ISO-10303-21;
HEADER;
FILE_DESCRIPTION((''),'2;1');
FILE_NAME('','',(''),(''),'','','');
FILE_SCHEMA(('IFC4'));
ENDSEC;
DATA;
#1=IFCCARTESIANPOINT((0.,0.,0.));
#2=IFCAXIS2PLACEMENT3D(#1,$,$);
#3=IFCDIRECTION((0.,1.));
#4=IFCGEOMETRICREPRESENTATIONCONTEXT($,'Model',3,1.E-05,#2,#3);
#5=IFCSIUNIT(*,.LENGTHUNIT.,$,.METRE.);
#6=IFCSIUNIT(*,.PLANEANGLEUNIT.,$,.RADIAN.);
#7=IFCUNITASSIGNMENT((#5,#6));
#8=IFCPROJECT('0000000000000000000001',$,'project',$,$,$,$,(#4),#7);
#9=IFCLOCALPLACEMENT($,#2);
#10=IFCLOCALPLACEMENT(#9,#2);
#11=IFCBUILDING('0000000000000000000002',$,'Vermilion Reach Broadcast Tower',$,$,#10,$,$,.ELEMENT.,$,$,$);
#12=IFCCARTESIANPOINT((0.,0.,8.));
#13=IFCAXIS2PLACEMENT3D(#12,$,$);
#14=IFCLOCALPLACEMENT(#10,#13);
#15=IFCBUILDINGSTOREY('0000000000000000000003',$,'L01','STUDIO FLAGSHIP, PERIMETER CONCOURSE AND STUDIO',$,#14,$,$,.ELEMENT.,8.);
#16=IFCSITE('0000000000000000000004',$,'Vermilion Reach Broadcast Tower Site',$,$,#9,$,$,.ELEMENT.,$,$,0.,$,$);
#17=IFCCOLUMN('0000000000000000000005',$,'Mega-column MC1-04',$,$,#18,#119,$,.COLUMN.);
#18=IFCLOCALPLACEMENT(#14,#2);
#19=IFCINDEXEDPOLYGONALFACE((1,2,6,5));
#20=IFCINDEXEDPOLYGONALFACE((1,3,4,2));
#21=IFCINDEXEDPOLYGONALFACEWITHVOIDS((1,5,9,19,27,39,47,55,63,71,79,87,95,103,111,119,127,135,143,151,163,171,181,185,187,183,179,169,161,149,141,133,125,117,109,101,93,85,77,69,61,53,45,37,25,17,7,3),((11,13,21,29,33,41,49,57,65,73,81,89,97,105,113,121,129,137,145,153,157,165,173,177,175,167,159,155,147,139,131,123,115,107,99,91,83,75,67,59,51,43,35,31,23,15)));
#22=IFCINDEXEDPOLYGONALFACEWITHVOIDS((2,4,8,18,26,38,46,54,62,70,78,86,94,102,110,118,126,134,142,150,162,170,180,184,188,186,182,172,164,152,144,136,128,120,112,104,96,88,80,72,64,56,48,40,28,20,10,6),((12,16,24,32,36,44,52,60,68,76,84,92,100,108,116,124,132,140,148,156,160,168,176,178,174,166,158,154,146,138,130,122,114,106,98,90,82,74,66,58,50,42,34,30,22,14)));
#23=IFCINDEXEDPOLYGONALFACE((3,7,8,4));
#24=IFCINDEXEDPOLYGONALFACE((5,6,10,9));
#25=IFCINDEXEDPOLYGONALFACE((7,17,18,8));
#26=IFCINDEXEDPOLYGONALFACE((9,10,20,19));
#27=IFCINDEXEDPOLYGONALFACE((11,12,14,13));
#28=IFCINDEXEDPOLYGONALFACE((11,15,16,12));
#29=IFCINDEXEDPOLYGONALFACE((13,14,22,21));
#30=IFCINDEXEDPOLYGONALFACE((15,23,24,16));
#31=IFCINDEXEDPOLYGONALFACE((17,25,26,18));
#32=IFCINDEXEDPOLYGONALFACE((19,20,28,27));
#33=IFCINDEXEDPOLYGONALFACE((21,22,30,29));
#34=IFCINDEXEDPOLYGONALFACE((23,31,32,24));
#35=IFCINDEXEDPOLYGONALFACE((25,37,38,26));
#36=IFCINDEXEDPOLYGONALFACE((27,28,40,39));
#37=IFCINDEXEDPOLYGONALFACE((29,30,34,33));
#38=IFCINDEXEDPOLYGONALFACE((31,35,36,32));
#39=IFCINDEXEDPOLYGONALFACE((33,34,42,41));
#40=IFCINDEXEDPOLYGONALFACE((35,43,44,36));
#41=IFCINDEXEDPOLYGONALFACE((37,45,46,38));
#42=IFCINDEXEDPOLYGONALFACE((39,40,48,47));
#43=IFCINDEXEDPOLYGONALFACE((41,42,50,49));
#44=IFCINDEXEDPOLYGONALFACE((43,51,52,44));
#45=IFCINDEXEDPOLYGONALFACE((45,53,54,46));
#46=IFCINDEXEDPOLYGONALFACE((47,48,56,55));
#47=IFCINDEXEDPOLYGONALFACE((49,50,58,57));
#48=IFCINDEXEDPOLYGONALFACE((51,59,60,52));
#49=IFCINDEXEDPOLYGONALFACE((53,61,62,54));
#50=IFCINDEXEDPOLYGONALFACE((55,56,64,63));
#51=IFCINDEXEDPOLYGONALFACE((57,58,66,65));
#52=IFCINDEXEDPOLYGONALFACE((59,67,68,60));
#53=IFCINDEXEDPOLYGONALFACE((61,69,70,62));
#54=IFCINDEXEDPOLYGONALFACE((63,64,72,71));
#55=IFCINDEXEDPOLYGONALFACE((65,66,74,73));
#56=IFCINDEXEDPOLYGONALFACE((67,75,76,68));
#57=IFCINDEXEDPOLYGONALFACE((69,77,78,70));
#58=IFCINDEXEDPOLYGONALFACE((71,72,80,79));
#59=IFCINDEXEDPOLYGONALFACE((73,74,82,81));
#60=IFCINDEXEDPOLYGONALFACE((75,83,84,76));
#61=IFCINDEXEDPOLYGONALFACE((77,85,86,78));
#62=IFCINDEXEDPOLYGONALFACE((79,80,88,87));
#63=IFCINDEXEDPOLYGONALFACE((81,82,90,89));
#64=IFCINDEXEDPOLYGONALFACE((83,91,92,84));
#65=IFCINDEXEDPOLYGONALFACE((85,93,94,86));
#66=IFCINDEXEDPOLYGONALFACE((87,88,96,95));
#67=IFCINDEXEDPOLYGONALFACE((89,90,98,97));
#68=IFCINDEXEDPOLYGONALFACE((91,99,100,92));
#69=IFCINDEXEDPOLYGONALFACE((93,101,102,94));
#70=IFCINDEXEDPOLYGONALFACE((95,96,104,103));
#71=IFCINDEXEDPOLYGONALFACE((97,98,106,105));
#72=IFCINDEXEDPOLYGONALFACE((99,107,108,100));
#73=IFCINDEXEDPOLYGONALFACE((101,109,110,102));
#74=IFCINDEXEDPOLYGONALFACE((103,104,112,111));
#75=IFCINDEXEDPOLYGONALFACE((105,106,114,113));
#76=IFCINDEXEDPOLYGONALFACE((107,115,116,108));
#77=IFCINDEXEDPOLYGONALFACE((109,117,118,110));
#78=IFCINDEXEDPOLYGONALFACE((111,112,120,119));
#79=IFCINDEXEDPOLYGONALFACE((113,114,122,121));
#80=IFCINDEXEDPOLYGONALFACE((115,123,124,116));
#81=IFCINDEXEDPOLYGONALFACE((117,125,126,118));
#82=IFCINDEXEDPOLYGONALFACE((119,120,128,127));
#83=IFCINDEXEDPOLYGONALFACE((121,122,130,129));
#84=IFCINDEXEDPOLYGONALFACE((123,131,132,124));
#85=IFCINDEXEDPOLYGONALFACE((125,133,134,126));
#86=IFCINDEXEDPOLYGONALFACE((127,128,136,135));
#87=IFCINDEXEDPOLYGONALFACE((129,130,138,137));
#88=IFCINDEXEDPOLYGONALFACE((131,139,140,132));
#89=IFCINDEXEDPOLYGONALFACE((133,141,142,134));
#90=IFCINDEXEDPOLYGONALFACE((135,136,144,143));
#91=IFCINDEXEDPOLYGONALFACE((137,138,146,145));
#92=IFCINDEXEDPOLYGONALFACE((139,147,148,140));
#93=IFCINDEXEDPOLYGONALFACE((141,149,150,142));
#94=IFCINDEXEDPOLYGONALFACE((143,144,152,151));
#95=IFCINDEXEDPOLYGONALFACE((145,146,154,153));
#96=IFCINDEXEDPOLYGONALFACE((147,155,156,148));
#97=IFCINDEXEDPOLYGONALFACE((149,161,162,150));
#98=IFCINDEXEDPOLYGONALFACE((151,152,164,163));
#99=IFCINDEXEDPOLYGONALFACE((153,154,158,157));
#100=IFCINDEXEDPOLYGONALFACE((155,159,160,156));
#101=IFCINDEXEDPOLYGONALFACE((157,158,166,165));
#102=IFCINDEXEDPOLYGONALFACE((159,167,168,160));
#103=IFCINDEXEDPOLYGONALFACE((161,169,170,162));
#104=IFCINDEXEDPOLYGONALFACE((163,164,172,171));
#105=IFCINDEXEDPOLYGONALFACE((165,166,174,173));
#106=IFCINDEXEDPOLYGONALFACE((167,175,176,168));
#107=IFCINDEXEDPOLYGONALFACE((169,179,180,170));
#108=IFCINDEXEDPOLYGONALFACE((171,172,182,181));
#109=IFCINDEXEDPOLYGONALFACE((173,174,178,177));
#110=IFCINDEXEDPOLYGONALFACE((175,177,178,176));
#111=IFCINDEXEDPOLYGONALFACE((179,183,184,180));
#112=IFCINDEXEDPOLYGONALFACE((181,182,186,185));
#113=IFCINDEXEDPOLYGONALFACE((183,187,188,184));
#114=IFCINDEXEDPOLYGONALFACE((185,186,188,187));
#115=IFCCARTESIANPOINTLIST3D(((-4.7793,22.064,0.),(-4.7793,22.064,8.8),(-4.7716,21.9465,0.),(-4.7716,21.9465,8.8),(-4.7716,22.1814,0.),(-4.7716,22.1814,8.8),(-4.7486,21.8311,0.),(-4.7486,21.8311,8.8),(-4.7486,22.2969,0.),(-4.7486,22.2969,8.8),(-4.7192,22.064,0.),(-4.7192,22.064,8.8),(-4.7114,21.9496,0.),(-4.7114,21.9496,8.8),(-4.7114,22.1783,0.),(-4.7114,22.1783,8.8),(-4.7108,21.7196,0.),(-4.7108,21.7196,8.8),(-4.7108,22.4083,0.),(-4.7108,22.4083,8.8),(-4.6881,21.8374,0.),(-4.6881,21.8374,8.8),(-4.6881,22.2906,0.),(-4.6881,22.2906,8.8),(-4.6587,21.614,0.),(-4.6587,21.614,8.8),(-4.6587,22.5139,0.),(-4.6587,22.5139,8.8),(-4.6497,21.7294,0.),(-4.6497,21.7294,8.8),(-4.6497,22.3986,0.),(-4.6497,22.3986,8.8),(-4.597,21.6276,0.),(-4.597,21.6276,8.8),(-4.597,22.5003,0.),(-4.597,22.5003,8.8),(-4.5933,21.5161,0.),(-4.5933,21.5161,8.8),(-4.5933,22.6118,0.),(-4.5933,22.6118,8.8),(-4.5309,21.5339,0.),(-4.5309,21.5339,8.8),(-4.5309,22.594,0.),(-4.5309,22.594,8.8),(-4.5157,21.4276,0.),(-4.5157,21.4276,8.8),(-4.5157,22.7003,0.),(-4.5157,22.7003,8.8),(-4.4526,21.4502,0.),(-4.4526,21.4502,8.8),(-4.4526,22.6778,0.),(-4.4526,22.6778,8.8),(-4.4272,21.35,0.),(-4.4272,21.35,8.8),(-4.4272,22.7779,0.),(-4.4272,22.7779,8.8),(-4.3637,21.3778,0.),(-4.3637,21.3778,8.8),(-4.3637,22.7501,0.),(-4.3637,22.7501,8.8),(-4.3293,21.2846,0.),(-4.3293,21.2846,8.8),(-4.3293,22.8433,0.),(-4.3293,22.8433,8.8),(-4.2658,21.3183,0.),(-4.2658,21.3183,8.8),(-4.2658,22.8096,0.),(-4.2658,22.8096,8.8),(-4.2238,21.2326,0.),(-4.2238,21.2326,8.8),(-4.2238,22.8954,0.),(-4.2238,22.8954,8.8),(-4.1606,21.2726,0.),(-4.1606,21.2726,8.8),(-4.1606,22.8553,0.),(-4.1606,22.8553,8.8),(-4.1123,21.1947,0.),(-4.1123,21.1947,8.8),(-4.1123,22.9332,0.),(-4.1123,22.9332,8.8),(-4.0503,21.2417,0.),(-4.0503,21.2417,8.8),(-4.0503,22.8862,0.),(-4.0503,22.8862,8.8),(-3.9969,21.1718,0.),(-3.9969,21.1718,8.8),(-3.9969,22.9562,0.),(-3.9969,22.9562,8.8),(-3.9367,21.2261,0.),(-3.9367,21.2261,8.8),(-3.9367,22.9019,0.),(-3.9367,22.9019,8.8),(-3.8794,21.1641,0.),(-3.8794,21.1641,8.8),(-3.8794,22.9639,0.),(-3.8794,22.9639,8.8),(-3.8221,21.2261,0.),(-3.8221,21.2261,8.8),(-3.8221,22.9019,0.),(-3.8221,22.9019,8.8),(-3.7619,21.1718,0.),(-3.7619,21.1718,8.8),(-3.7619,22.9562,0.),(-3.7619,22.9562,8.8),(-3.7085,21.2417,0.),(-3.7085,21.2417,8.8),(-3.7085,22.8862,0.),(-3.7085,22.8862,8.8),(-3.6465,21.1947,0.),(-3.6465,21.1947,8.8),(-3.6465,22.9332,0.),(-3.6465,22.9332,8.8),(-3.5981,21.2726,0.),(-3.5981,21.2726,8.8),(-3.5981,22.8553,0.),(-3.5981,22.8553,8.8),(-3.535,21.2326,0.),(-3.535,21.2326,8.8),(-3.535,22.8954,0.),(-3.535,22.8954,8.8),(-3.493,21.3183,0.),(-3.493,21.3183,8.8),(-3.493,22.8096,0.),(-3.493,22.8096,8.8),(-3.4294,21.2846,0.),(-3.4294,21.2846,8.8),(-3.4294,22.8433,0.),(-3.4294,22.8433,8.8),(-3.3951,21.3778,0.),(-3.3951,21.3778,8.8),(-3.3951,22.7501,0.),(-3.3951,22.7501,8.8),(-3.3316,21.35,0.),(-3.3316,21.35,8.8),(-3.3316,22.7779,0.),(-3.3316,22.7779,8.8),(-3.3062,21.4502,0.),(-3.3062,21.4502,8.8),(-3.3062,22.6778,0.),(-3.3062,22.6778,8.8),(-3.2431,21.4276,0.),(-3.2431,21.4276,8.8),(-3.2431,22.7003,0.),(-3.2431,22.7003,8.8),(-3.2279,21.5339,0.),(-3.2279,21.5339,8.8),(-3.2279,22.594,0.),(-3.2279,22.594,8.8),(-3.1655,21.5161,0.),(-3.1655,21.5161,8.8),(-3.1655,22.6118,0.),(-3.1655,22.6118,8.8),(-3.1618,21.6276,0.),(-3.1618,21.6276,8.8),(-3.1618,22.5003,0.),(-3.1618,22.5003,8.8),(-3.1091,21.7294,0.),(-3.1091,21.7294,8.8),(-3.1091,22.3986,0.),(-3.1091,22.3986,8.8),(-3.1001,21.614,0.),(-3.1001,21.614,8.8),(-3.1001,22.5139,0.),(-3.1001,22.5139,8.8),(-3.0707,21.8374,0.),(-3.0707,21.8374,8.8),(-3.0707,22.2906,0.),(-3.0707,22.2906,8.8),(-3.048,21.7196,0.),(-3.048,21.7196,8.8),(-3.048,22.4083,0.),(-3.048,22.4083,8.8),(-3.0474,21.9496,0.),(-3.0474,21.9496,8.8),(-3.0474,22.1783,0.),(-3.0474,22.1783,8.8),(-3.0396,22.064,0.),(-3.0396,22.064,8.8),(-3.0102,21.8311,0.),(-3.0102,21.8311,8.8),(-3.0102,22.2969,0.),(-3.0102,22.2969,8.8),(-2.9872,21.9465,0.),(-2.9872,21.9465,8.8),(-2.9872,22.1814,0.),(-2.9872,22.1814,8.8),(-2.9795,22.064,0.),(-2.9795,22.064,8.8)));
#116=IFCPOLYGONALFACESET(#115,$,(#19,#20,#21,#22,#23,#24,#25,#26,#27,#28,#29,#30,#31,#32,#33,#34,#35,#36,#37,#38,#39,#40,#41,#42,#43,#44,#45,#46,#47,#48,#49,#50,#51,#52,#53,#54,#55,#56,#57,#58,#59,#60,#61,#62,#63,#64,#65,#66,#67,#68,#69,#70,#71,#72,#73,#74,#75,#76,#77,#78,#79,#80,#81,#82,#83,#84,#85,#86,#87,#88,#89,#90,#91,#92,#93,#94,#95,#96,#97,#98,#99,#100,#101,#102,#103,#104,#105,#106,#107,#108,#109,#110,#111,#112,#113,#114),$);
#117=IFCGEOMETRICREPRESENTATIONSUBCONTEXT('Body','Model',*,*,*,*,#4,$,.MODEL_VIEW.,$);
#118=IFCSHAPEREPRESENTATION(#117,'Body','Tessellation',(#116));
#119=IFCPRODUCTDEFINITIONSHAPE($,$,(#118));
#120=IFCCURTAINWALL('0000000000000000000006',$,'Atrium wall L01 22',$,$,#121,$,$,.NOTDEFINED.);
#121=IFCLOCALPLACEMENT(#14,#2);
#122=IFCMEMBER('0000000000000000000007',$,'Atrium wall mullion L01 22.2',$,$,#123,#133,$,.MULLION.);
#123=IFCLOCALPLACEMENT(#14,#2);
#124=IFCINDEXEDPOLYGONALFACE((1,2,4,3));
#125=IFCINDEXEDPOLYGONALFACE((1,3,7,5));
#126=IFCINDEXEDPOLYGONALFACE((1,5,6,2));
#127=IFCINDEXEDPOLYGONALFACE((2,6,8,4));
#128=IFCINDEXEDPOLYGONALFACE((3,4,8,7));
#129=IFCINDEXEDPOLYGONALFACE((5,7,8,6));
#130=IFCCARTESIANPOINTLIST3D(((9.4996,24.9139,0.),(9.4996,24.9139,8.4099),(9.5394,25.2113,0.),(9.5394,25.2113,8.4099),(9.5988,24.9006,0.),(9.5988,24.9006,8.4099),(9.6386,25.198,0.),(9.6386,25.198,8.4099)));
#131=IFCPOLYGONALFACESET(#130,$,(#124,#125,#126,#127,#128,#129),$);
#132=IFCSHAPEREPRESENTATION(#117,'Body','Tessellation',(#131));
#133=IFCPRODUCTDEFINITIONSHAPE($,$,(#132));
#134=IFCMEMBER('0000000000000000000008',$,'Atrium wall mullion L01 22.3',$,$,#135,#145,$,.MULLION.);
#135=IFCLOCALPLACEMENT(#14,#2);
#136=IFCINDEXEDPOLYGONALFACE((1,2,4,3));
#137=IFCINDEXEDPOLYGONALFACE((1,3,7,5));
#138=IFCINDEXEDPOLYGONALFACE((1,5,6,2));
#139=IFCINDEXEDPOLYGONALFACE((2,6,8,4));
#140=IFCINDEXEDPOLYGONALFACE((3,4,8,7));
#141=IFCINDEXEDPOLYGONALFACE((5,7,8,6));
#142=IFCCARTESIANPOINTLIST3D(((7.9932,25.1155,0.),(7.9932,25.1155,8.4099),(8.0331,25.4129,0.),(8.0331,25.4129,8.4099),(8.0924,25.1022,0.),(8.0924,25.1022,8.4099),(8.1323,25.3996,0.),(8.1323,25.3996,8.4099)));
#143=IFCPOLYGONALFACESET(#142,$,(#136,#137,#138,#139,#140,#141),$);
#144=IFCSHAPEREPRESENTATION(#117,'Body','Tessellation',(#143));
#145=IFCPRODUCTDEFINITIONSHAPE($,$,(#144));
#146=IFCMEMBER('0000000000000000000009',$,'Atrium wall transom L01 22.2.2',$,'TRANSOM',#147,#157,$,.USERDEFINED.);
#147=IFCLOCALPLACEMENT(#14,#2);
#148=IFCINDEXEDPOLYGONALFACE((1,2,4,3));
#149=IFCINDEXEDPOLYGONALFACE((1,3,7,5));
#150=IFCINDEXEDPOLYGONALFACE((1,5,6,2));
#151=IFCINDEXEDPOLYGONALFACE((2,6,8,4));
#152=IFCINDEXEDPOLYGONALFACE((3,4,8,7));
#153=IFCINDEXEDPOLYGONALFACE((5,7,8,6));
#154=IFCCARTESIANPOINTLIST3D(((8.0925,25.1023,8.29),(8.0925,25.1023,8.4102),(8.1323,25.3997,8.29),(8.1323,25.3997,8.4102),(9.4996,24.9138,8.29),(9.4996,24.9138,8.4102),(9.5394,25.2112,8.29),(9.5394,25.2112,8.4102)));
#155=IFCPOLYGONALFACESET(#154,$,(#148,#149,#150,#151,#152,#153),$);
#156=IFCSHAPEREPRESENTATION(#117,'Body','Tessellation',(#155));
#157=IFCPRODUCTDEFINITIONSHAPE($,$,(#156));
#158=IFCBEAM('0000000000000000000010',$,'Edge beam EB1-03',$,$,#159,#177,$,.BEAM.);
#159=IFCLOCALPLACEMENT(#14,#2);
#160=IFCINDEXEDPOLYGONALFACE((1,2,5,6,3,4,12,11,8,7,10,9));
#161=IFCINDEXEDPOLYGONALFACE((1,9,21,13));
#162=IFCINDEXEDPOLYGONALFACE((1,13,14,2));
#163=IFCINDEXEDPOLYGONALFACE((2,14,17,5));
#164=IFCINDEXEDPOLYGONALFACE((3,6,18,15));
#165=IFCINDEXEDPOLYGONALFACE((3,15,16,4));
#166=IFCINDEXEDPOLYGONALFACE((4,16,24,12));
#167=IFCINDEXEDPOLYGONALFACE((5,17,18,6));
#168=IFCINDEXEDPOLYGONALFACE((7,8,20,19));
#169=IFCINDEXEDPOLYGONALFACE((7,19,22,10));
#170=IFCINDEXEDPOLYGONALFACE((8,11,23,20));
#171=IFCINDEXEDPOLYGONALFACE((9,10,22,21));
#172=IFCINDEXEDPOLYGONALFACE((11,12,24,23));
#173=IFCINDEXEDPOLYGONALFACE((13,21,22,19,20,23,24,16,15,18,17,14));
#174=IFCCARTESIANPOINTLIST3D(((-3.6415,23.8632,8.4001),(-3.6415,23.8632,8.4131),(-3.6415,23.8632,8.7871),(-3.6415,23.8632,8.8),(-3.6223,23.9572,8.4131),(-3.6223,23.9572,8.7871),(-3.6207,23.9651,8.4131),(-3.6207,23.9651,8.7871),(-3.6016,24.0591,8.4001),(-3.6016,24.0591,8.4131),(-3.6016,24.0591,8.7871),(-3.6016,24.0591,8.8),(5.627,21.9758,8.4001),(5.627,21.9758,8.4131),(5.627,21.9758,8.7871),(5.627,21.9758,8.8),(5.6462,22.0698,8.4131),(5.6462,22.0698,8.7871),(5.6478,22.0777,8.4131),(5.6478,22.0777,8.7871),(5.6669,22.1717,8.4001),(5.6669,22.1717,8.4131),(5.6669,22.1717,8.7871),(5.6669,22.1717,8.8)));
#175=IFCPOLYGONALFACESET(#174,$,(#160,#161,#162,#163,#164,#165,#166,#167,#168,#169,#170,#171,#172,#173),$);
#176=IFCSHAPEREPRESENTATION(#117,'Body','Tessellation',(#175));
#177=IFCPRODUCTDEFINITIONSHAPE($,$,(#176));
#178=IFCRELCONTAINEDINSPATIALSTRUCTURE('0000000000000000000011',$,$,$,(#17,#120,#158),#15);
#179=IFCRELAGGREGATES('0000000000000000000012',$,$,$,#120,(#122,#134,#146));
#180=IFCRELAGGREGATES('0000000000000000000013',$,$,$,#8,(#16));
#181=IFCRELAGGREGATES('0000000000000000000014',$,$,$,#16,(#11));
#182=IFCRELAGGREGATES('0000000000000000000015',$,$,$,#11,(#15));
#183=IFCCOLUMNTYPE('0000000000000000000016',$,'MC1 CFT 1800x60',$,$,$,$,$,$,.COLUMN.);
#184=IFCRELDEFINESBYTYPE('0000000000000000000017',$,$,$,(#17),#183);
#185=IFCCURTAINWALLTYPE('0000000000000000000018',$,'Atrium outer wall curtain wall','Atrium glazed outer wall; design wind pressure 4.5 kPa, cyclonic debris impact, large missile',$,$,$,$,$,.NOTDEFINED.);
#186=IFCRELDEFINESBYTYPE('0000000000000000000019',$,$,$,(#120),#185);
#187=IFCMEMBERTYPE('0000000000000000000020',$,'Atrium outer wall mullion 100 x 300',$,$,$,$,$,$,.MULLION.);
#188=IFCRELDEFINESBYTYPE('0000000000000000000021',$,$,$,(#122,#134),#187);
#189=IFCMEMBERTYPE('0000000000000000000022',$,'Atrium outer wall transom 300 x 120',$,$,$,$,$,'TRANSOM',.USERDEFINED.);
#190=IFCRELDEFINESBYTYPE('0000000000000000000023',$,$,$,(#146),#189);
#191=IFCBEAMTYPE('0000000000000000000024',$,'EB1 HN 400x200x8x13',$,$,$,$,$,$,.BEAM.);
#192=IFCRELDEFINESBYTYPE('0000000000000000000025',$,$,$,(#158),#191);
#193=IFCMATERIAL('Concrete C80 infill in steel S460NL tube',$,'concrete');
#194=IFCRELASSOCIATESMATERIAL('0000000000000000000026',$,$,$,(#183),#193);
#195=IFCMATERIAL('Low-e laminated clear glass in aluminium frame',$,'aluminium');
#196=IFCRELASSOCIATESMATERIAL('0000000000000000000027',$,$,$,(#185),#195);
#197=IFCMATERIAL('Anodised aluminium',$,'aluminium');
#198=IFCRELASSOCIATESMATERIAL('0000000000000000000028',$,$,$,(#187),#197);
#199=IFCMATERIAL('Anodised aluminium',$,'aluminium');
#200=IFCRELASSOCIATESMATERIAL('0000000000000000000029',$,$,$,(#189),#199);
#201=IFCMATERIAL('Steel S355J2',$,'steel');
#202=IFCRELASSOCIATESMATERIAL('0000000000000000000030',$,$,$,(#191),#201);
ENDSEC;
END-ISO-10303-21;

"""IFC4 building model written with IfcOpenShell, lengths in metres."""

from ifc_helpers import new_model, si_unit, direction, frame, origin, origin_2d, place, context, subcontext, project, spatial, rectangle, hollow_circle, i_section, extrude, material, material_profile, profile_set, type_object, element, aggregate, save


model = new_model("IFC4")

# Units and contexts
model_context = context("Model", 3, precision=1e-05, world=origin(), true_north=direction((0.0, 1.0)))
body_context = subcontext(model_context, "Body", "Model", "MODEL_VIEW")
ifc_project = project(units=[si_unit("LENGTHUNIT", "METRE"), si_unit("PLANEANGLEUNIT", "RADIAN")], contexts=[model_context])

# Site, building, storey
site_placement = place(None, origin())
site = spatial("IfcSite", under=ifc_project, at=site_placement, Name="Vermilion Reach Broadcast Tower Site", CompositionType="ELEMENT", RefElevation=0.0)
building_placement = place(site_placement, origin())
building = spatial("IfcBuilding", under=site, at=building_placement, Name="Vermilion Reach Broadcast Tower", CompositionType="ELEMENT")
storey_placement = place(building_placement, frame((0.0, 0.0, 8.0)))
storey = spatial("IfcBuildingStorey", under=building, at=storey_placement, Name="L01", Description="STUDIO FLAGSHIP, PERIMETER CONCOURSE AND STUDIO", CompositionType="ELEMENT", Elevation=8.0)

# Column
ifc_material_1 = material(Name="Concrete C80 infill in steel S460NL tube", Category="concrete")
ifc_material_profile_1 = material_profile(ifc_material_1, hollow_circle(Radius=0.8999, WallThickness=0.0601, at=origin_2d()), Name="Concrete C80 infill in steel S460NL tube CFT 1800x60")
ifc_profile_set_1 = profile_set([ifc_material_profile_1], Name="Concrete C80 infill in steel S460NL tube")
column_type = type_object("IfcColumnType", Name="MC1 CFT 1800x60", PredefinedType="COLUMN", material=ifc_profile_set_1)
for number, where, z_axis, x_axis, name in (
    (1, (-3.8794, 22.064, 0.0), (0.0, 0.0, 1.0), (1.0, 0.0, 0.0), "Mega-column MC1-04"),
):
    element("IfcColumn", number, at=place(storey_placement, frame(where, z_axis=z_axis, x_axis=x_axis)), inside=storey, type_object=column_type, Name=name, PredefinedType="COLUMN", context=body_context, shape_type="SweptSolid", body=[
        extrude(hollow_circle(Radius=0.8999, WallThickness=0.0601, at=origin_2d()), origin(), (0.0, 0.0, 1.0), 8.8),
    ])

# Curtain wall, members
ifc_material_2 = material(Name="Low-e laminated clear glass in aluminium frame", Category="aluminium")
curtain_wall_type = type_object("IfcCurtainWallType", Name="Atrium outer wall curtain wall", Description="Atrium glazed outer wall; design wind pressure 4.5 kPa, cyclonic debris impact, large missile", PredefinedType="NOTDEFINED", material=ifc_material_2)
curtain_wall_placement = place(storey_placement, origin())
curtain_wall = element("IfcCurtainWall", 2, at=curtain_wall_placement, inside=storey, type_object=curtain_wall_type, Name="Atrium wall L01 22", PredefinedType="NOTDEFINED")
ifc_material_3 = material(Name="Anodised aluminium", Category="aluminium")
ifc_material_profile_2 = material_profile(ifc_material_3, rectangle(XDim=0.3, YDim=0.1001, at=origin_2d()), Name="Atrium outer wall mullion 100 x 300")
ifc_profile_set_2 = profile_set([ifc_material_profile_2], Name="Anodised aluminium")
member_type_1 = type_object("IfcMemberType", Name="Atrium outer wall mullion 100 x 300", PredefinedType="MULLION", material=ifc_profile_set_2)
member_1_placement = place(storey_placement, frame((9.5691, 25.0559, 0.0), z_axis=(0.0, 0.0, 1.0), x_axis=(-0.132794, -0.991144, 0.0)))
member_1 = element("IfcMember", 3, at=member_1_placement, type_object=member_type_1, Name="Atrium wall mullion L01 22.2", PredefinedType="MULLION", context=body_context, shape_type="SweptSolid", body=[
    extrude(rectangle(XDim=0.3, YDim=0.1001, at=origin_2d()), origin(), (0.0, 0.0, 1.0), 8.4099),
])
member_2_placement = place(storey_placement, frame((8.0627, 25.2576, 0.0), z_axis=(0.0, 0.0, 1.0), x_axis=(-0.132794, -0.991144, 0.0)))
member_2 = element("IfcMember", 4, at=member_2_placement, type_object=member_type_1, Name="Atrium wall mullion L01 22.3", PredefinedType="MULLION", context=body_context, shape_type="SweptSolid", body=[
    extrude(rectangle(XDim=0.3, YDim=0.1001, at=origin_2d()), origin(), (0.0, 0.0, 1.0), 8.4099),
])
ifc_material_4 = material(Name="Anodised aluminium", Category="aluminium")
ifc_material_profile_3 = material_profile(ifc_material_4, rectangle(XDim=0.3, YDim=0.1201, at=origin_2d()), Name="Atrium outer wall transom 300 x 120")
ifc_profile_set_3 = profile_set([ifc_material_profile_3], Name="Anodised aluminium")
member_type_2 = type_object("IfcMemberType", Name="Atrium outer wall transom 300 x 120", ElementType="TRANSOM", PredefinedType="USERDEFINED", material=ifc_profile_set_3)
member_3_placement = place(storey_placement, frame((9.5195, 25.0625, 8.3501), z_axis=(-0.99115, 0.132749, 0.0), x_axis=(-0.132749, -0.99115, 0.0)))
member_3 = element("IfcMember", 5, at=member_3_placement, type_object=member_type_2, Name="Atrium wall transom L01 22.2.2", ObjectType="TRANSOM", PredefinedType="USERDEFINED", context=body_context, shape_type="SweptSolid", body=[
    extrude(rectangle(XDim=0.3, YDim=0.1201, at=origin_2d()), origin(), (0.0, 0.0, 1.0), 1.4197),
])

# Beam
ifc_material_5 = material(Name="Steel S355J2", Category="steel")
ifc_material_profile_4 = material_profile(ifc_material_5, i_section(OverallWidth=0.2, OverallDepth=0.3999, WebThickness=0.0081, FlangeThickness=0.0129, at=origin_2d()), Name="S355J2 HN 400x200x8x13")
ifc_profile_set_4 = profile_set([ifc_material_profile_4], Name="Steel S355J2")
beam_type_1 = type_object("IfcBeamType", Name="EB1 HN 400x200x8x13", PredefinedType="BEAM", material=ifc_profile_set_4)
beam_1_placement = place(storey_placement, frame((5.647, 22.0737, 8.6001), z_axis=(-0.979889, 0.199545, 0.0), x_axis=(-0.199545, -0.979889, 0.0)))
element("IfcBeam", 6, at=beam_1_placement, inside=storey, type_object=beam_type_1, Name="Edge beam EB1-03", PredefinedType="BEAM", context=body_context, shape_type="SweptSolid", body=[
    extrude(i_section(OverallWidth=0.2, OverallDepth=0.3999, WebThickness=0.0081, FlangeThickness=0.0129, at=origin_2d()), origin(), (0.0, 0.0, 1.0), 9.4587),
])

aggregate(curtain_wall, [member_1, member_2, member_3])

save(model, "model.ifc")
